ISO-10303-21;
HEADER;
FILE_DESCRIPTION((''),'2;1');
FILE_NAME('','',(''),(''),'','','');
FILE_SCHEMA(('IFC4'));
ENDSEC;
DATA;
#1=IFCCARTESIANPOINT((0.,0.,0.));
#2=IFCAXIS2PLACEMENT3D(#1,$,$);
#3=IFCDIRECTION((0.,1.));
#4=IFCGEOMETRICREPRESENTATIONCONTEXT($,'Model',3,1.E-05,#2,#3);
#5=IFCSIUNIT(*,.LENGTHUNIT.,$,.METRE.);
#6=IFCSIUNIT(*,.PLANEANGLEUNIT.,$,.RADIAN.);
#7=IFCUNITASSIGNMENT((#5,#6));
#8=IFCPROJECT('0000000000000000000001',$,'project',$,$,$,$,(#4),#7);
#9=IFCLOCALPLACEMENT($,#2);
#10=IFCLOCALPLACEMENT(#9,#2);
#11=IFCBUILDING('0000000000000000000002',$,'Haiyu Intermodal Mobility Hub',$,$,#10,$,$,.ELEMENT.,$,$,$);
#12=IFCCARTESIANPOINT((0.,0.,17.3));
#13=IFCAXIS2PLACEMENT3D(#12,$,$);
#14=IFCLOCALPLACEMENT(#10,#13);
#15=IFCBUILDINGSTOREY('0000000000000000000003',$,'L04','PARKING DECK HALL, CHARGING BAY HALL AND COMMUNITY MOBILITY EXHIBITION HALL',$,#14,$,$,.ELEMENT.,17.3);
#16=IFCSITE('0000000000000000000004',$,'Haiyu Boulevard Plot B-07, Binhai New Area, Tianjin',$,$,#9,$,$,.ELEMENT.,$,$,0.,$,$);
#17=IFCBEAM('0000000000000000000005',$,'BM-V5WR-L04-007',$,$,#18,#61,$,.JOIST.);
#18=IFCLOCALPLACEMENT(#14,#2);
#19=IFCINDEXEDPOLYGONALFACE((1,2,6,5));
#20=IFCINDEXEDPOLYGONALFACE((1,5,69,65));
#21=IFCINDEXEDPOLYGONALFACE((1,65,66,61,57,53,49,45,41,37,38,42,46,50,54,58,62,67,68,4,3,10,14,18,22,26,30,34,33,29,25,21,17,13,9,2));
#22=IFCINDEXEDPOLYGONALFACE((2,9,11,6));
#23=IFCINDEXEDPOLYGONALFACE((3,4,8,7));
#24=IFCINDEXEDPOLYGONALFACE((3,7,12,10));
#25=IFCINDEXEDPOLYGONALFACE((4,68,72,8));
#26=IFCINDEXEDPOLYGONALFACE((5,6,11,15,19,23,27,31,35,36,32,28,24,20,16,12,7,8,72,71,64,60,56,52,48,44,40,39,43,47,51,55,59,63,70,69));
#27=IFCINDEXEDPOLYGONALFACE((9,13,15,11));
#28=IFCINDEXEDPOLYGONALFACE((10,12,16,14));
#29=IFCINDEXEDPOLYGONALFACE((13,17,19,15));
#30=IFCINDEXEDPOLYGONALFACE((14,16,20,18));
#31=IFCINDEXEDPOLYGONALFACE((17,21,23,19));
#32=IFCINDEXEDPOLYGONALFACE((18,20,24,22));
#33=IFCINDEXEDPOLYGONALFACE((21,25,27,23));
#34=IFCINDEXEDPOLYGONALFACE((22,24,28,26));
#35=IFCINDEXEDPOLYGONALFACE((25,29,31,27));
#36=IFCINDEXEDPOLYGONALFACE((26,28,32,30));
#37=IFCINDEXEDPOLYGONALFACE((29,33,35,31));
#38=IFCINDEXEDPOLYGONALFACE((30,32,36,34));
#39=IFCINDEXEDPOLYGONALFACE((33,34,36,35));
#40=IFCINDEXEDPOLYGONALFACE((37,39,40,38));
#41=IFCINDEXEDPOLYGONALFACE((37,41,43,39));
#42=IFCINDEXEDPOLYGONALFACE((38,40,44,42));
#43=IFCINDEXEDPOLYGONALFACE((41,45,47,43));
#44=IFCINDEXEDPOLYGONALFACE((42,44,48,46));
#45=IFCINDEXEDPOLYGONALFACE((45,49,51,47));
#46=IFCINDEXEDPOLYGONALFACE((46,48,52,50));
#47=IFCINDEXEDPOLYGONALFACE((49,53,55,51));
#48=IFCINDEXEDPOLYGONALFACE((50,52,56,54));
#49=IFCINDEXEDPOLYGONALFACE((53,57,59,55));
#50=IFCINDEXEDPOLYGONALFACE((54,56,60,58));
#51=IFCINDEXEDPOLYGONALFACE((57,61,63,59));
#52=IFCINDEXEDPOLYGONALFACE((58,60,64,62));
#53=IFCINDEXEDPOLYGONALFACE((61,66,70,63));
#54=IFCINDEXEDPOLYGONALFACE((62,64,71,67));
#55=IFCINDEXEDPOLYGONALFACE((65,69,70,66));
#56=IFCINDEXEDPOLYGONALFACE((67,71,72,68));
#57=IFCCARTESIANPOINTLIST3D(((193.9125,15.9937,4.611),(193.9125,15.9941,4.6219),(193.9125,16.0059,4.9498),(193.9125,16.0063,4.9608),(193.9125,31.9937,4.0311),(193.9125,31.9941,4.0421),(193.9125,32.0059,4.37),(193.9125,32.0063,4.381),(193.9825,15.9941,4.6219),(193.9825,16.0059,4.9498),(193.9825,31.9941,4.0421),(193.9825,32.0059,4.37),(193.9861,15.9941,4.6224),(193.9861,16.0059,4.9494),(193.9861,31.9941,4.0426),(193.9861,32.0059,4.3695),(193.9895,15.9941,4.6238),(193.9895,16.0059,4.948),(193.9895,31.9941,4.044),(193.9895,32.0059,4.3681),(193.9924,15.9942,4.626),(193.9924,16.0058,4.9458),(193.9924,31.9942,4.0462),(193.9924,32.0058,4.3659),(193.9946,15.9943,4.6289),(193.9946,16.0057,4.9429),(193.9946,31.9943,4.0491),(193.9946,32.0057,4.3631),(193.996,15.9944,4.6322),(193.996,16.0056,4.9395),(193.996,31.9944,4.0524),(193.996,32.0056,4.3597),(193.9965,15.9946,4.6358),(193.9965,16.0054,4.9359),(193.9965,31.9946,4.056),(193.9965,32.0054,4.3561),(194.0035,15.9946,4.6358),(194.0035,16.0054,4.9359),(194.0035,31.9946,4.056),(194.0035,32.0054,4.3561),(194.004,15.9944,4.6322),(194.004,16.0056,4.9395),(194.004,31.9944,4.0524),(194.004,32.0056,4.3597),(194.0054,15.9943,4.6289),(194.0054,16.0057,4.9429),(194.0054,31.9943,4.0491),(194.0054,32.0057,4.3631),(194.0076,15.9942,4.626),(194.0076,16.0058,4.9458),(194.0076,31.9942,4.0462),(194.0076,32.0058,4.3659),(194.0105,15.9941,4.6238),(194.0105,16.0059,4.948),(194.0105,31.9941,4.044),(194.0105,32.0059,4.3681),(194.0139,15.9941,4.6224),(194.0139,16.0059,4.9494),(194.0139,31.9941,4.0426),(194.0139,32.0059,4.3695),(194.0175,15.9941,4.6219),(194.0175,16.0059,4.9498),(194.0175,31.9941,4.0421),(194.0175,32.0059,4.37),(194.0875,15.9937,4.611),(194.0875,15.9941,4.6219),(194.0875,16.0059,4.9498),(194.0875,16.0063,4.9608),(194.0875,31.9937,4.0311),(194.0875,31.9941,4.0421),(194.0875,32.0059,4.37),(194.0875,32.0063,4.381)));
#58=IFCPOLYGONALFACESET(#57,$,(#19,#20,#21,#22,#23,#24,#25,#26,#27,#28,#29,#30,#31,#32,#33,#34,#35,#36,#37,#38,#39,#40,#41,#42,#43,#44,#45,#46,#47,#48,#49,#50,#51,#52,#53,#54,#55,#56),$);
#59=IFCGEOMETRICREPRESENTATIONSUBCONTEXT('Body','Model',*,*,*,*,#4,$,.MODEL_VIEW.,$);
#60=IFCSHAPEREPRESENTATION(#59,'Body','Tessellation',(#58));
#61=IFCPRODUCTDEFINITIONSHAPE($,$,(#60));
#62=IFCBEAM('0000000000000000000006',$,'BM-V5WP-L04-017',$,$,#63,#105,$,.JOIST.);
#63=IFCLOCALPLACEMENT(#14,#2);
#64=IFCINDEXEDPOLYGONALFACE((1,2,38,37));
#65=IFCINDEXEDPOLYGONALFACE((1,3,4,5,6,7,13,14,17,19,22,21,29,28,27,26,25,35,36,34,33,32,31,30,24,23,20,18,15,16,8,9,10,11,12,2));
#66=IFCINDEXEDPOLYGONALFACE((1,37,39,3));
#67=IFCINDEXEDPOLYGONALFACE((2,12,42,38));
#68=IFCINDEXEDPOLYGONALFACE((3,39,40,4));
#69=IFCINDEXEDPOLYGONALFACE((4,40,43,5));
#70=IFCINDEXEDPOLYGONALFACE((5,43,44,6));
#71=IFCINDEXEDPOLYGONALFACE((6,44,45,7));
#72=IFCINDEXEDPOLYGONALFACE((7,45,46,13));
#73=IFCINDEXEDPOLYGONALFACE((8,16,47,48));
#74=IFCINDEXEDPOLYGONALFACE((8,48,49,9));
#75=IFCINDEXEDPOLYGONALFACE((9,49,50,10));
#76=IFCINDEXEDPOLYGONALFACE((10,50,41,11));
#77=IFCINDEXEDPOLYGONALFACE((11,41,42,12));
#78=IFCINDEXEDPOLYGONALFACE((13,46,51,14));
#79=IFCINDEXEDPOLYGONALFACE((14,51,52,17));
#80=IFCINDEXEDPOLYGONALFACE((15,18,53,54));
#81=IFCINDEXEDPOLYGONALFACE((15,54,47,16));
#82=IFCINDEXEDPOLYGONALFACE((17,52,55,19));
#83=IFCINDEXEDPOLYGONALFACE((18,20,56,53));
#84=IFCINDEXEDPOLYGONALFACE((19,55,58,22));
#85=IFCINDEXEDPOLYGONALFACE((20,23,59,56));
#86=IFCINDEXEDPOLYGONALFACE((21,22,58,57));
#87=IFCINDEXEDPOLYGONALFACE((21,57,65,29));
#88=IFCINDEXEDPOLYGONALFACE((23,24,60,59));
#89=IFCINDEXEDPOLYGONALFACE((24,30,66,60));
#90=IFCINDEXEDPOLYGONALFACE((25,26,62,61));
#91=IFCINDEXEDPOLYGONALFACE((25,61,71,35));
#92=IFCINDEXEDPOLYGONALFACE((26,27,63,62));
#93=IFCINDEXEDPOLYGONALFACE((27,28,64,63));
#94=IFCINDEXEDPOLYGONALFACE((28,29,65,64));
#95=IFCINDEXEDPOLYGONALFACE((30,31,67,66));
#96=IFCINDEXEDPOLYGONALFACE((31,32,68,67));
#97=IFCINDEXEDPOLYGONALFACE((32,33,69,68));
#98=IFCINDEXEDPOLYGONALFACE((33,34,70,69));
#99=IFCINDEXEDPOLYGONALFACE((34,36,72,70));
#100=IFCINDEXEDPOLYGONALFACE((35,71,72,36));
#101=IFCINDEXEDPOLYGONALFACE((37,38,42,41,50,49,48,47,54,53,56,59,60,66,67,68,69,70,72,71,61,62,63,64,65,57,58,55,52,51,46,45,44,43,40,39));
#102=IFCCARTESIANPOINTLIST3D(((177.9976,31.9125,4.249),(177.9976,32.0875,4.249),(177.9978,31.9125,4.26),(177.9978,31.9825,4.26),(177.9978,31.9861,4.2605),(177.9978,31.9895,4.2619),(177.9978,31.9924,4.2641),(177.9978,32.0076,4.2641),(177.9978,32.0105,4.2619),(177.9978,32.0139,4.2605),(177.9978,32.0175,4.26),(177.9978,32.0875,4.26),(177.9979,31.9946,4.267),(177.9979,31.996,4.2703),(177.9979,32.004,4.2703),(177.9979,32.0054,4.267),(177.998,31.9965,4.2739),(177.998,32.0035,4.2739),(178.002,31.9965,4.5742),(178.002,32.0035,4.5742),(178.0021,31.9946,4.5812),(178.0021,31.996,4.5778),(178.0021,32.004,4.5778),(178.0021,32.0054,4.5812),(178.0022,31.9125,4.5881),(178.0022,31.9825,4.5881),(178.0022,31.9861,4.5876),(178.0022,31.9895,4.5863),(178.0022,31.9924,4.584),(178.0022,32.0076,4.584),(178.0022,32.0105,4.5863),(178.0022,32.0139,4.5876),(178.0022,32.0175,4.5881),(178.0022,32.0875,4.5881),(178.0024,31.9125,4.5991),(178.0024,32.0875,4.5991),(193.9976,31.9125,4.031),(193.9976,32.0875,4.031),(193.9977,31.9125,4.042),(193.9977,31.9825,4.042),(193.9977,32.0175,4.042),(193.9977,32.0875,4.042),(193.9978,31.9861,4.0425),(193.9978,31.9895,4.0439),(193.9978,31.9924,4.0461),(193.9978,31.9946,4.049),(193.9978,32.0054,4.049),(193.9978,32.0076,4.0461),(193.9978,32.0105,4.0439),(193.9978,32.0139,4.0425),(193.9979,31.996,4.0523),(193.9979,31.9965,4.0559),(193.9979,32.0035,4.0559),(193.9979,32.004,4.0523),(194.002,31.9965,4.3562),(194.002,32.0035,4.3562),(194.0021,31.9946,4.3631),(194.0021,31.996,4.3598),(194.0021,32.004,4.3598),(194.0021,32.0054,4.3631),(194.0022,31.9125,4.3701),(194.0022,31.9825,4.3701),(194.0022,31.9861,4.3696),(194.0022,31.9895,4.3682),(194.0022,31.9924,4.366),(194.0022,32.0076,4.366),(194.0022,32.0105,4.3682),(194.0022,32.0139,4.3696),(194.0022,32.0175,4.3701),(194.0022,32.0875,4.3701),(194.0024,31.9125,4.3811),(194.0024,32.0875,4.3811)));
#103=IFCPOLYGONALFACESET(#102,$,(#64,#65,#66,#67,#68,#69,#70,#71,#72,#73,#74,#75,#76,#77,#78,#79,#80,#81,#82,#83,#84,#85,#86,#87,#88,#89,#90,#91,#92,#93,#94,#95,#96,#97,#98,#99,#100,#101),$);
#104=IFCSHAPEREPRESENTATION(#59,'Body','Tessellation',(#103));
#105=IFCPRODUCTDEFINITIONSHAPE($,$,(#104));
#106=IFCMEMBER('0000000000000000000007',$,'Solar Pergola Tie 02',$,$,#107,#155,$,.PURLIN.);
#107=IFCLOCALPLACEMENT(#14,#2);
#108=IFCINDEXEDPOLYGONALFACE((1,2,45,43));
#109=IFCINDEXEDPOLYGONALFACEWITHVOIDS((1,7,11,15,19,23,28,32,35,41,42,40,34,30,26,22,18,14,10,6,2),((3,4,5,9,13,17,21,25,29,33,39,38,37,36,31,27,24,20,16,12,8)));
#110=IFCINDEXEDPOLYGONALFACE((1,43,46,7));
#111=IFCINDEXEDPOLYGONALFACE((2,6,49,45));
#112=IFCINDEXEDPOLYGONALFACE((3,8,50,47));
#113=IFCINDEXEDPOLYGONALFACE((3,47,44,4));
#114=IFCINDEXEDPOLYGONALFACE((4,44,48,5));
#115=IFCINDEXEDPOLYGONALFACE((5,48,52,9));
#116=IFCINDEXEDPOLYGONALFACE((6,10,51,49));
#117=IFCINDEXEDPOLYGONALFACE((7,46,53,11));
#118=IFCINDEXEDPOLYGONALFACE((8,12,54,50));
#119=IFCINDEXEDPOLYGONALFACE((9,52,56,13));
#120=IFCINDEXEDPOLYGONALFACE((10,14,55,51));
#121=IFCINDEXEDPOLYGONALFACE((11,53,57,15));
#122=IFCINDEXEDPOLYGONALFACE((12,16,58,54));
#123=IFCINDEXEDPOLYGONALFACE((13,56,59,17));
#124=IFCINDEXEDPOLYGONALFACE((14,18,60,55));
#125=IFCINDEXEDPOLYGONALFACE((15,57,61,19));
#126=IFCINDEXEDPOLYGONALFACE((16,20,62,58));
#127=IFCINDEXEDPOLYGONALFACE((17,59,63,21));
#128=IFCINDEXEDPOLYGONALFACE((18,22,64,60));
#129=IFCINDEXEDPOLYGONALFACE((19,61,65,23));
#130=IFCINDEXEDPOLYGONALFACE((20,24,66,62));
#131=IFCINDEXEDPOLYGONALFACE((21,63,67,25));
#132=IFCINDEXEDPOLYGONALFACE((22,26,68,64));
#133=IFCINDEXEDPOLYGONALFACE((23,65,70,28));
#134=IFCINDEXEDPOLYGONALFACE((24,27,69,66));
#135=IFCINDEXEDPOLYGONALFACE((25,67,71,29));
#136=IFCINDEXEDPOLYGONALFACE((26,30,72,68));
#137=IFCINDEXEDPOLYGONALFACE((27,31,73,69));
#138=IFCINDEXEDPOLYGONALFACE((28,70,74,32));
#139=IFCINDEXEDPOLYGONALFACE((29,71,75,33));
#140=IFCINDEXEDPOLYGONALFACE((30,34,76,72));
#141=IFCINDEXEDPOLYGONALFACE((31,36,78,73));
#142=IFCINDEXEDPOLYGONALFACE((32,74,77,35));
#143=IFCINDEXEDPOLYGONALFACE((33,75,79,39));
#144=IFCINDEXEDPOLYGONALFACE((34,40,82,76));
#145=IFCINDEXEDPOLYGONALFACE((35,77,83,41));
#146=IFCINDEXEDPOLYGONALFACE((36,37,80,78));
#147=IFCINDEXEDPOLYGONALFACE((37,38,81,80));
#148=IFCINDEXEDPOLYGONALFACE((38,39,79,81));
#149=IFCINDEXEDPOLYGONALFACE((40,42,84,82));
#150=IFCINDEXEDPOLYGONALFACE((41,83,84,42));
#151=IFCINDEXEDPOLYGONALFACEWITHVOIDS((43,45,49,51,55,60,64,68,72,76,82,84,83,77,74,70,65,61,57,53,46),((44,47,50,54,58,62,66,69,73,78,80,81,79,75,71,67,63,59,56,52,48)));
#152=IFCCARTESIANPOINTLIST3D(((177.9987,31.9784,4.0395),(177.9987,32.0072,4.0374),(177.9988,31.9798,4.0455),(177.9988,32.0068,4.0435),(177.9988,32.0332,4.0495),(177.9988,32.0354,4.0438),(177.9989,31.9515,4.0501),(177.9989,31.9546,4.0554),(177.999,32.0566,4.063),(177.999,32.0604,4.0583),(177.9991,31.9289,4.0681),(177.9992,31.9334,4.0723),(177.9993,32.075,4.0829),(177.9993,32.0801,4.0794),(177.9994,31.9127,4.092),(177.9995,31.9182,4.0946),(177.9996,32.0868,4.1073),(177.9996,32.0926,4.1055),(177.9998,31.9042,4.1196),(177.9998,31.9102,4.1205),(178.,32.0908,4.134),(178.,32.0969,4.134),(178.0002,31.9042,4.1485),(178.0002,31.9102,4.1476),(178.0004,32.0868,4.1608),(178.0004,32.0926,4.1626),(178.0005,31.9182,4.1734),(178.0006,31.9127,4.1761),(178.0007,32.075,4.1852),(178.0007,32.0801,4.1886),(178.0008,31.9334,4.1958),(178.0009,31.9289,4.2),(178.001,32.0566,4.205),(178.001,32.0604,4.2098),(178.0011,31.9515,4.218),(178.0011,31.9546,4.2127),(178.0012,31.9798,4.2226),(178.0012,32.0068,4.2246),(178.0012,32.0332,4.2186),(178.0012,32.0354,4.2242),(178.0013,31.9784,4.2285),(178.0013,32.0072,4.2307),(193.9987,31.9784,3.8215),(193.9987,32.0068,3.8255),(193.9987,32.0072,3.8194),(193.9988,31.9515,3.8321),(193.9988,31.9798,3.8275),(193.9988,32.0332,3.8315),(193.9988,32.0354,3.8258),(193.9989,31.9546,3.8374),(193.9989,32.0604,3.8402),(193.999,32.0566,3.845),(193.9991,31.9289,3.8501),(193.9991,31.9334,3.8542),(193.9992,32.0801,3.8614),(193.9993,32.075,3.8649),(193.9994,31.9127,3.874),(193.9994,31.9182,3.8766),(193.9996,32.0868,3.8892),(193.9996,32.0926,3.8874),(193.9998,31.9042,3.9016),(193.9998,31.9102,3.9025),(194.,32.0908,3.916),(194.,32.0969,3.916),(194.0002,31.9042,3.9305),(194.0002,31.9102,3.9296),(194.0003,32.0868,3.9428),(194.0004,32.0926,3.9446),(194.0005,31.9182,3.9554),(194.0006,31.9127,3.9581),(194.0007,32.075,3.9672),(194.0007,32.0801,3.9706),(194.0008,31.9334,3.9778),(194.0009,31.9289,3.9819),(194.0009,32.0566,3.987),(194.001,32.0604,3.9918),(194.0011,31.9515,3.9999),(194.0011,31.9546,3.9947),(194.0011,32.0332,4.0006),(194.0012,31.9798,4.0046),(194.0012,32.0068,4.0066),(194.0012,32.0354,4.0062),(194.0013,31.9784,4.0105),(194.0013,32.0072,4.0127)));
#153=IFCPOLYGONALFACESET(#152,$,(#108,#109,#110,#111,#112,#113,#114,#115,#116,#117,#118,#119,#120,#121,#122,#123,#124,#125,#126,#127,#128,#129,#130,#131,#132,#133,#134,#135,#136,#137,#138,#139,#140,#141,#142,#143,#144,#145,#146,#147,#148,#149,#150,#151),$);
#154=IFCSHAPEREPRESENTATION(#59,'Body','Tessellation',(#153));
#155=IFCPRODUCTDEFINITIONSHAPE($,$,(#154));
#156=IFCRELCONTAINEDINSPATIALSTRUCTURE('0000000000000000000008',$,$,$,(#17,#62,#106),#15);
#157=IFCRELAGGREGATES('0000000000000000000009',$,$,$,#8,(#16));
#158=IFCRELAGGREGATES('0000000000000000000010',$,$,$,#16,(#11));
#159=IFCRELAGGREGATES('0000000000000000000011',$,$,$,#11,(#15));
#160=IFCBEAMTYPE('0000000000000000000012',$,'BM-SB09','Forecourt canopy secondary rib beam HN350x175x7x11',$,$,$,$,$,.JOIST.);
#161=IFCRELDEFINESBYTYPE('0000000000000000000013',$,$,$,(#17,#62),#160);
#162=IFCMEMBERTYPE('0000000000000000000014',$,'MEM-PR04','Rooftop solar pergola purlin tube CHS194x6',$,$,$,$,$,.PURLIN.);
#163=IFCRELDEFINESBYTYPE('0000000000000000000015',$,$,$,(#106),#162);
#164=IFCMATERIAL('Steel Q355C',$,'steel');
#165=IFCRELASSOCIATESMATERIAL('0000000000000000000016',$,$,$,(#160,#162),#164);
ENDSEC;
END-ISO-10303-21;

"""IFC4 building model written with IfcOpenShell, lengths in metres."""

from ifc_helpers import new_model, si_unit, direction, frame, origin, origin_2d, place, context, subcontext, project, spatial, hollow_circle, i_section, extrude, material, material_profile, profile_set, type_object, element, save


model = new_model("IFC4")

# Units and contexts
model_context = context("Model", 3, precision=1e-05, world=origin(), true_north=direction((0.0, 1.0)))
body_context = subcontext(model_context, "Body", "Model", "MODEL_VIEW")
ifc_project = project(units=[si_unit("LENGTHUNIT", "METRE"), si_unit("PLANEANGLEUNIT", "RADIAN")], contexts=[model_context])

# Site, building, storey
site_placement = place(None, origin())
site = spatial("IfcSite", under=ifc_project, at=site_placement, Name="Haiyu Boulevard Plot B-07, Binhai New Area, Tianjin", CompositionType="ELEMENT", RefElevation=0.0)
building_placement = place(site_placement, origin())
building = spatial("IfcBuilding", under=site, at=building_placement, Name="Haiyu Intermodal Mobility Hub", CompositionType="ELEMENT")
storey_placement = place(building_placement, frame((0.0, 0.0, 17.3)))
storey = spatial("IfcBuildingStorey", under=building, at=storey_placement, Name="L04", Description="PARKING DECK HALL, CHARGING BAY HALL AND COMMUNITY MOBILITY EXHIBITION HALL", CompositionType="ELEMENT", Elevation=17.3)

# Shared definitions
ifc_material_1 = material(Name="Steel Q355C", Category="steel")

# Beams
ifc_material_profile_1 = material_profile(ifc_material_1, i_section(OverallWidth=0.175, OverallDepth=0.3501, WebThickness=0.0071, FlangeThickness=0.011, FilletRadius=0.0139, at=origin_2d()), Name="HN350x175x7x11")
ifc_profile_set_1 = profile_set([ifc_material_profile_1], Name="Steel Q355C")
beam_type_1 = type_object("IfcBeamType", Name="BM-SB09", Description="Forecourt canopy secondary rib beam HN350x175x7x11", PredefinedType="JOIST", material=ifc_profile_set_1)
for number, where, z_axis, x_axis, name in (
    (1, (194.0, 16.0, 4.7859), (0.0, 0.999344, -0.036216), (-1.0, 0.0, 0.0), "BM-V5WR-L04-007"),
):
    element("IfcBeam", number, at=place(storey_placement, frame(where, z_axis=z_axis, x_axis=x_axis)), inside=storey, type_object=beam_type_1, Name=name, PredefinedType="JOIST", context=body_context, shape_type="SweptSolid", body=[
        extrude(i_section(OverallWidth=0.175, OverallDepth=0.3501, WebThickness=0.0071, FlangeThickness=0.011, FilletRadius=0.0139, at=origin_2d()), origin(), (0.0, 0.0, 1.0), 16.0105),
    ])
beam_1_placement = place(storey_placement, frame((178.0, 32.0, 4.4241), z_axis=(0.999907, 0.0, -0.013625), x_axis=(0.0, 1.0, 0.0)))
element("IfcBeam", 2, at=beam_1_placement, inside=storey, type_object=beam_type_1, Name="BM-V5WP-L04-017", PredefinedType="JOIST", context=body_context, shape_type="SweptSolid", body=[
    extrude(i_section(OverallWidth=0.175, OverallDepth=0.3501, WebThickness=0.0071, FlangeThickness=0.011, FilletRadius=0.0139, at=origin_2d()), origin(), (0.0, 0.0, 1.0), 16.0015),
])

# Member
ifc_material_profile_2 = material_profile(ifc_material_1, hollow_circle(Radius=0.0969, WallThickness=0.0061, at=origin_2d()), Name="CHS194x6")
ifc_profile_set_2 = profile_set([ifc_material_profile_2], Name="Steel Q355C")
member_type = type_object("IfcMemberType", Name="MEM-PR04", Description="Rooftop solar pergola purlin tube CHS194x6", PredefinedType="PURLIN", material=ifc_profile_set_2)
member_placement = place(storey_placement, frame((178.0, 32.0, 4.134), z_axis=(0.999907, 0.0, -0.013625), x_axis=(0.0, 1.0, 0.0)))
element("IfcMember", 3, at=member_placement, inside=storey, type_object=member_type, Name="Solar Pergola Tie 02", PredefinedType="PURLIN", context=body_context, shape_type="SweptSolid", body=[
    extrude(hollow_circle(Radius=0.0969, WallThickness=0.0061, at=origin_2d()), origin(), (0.0, 0.0, 1.0), 16.0015),
])

save(model, "model.ifc")
